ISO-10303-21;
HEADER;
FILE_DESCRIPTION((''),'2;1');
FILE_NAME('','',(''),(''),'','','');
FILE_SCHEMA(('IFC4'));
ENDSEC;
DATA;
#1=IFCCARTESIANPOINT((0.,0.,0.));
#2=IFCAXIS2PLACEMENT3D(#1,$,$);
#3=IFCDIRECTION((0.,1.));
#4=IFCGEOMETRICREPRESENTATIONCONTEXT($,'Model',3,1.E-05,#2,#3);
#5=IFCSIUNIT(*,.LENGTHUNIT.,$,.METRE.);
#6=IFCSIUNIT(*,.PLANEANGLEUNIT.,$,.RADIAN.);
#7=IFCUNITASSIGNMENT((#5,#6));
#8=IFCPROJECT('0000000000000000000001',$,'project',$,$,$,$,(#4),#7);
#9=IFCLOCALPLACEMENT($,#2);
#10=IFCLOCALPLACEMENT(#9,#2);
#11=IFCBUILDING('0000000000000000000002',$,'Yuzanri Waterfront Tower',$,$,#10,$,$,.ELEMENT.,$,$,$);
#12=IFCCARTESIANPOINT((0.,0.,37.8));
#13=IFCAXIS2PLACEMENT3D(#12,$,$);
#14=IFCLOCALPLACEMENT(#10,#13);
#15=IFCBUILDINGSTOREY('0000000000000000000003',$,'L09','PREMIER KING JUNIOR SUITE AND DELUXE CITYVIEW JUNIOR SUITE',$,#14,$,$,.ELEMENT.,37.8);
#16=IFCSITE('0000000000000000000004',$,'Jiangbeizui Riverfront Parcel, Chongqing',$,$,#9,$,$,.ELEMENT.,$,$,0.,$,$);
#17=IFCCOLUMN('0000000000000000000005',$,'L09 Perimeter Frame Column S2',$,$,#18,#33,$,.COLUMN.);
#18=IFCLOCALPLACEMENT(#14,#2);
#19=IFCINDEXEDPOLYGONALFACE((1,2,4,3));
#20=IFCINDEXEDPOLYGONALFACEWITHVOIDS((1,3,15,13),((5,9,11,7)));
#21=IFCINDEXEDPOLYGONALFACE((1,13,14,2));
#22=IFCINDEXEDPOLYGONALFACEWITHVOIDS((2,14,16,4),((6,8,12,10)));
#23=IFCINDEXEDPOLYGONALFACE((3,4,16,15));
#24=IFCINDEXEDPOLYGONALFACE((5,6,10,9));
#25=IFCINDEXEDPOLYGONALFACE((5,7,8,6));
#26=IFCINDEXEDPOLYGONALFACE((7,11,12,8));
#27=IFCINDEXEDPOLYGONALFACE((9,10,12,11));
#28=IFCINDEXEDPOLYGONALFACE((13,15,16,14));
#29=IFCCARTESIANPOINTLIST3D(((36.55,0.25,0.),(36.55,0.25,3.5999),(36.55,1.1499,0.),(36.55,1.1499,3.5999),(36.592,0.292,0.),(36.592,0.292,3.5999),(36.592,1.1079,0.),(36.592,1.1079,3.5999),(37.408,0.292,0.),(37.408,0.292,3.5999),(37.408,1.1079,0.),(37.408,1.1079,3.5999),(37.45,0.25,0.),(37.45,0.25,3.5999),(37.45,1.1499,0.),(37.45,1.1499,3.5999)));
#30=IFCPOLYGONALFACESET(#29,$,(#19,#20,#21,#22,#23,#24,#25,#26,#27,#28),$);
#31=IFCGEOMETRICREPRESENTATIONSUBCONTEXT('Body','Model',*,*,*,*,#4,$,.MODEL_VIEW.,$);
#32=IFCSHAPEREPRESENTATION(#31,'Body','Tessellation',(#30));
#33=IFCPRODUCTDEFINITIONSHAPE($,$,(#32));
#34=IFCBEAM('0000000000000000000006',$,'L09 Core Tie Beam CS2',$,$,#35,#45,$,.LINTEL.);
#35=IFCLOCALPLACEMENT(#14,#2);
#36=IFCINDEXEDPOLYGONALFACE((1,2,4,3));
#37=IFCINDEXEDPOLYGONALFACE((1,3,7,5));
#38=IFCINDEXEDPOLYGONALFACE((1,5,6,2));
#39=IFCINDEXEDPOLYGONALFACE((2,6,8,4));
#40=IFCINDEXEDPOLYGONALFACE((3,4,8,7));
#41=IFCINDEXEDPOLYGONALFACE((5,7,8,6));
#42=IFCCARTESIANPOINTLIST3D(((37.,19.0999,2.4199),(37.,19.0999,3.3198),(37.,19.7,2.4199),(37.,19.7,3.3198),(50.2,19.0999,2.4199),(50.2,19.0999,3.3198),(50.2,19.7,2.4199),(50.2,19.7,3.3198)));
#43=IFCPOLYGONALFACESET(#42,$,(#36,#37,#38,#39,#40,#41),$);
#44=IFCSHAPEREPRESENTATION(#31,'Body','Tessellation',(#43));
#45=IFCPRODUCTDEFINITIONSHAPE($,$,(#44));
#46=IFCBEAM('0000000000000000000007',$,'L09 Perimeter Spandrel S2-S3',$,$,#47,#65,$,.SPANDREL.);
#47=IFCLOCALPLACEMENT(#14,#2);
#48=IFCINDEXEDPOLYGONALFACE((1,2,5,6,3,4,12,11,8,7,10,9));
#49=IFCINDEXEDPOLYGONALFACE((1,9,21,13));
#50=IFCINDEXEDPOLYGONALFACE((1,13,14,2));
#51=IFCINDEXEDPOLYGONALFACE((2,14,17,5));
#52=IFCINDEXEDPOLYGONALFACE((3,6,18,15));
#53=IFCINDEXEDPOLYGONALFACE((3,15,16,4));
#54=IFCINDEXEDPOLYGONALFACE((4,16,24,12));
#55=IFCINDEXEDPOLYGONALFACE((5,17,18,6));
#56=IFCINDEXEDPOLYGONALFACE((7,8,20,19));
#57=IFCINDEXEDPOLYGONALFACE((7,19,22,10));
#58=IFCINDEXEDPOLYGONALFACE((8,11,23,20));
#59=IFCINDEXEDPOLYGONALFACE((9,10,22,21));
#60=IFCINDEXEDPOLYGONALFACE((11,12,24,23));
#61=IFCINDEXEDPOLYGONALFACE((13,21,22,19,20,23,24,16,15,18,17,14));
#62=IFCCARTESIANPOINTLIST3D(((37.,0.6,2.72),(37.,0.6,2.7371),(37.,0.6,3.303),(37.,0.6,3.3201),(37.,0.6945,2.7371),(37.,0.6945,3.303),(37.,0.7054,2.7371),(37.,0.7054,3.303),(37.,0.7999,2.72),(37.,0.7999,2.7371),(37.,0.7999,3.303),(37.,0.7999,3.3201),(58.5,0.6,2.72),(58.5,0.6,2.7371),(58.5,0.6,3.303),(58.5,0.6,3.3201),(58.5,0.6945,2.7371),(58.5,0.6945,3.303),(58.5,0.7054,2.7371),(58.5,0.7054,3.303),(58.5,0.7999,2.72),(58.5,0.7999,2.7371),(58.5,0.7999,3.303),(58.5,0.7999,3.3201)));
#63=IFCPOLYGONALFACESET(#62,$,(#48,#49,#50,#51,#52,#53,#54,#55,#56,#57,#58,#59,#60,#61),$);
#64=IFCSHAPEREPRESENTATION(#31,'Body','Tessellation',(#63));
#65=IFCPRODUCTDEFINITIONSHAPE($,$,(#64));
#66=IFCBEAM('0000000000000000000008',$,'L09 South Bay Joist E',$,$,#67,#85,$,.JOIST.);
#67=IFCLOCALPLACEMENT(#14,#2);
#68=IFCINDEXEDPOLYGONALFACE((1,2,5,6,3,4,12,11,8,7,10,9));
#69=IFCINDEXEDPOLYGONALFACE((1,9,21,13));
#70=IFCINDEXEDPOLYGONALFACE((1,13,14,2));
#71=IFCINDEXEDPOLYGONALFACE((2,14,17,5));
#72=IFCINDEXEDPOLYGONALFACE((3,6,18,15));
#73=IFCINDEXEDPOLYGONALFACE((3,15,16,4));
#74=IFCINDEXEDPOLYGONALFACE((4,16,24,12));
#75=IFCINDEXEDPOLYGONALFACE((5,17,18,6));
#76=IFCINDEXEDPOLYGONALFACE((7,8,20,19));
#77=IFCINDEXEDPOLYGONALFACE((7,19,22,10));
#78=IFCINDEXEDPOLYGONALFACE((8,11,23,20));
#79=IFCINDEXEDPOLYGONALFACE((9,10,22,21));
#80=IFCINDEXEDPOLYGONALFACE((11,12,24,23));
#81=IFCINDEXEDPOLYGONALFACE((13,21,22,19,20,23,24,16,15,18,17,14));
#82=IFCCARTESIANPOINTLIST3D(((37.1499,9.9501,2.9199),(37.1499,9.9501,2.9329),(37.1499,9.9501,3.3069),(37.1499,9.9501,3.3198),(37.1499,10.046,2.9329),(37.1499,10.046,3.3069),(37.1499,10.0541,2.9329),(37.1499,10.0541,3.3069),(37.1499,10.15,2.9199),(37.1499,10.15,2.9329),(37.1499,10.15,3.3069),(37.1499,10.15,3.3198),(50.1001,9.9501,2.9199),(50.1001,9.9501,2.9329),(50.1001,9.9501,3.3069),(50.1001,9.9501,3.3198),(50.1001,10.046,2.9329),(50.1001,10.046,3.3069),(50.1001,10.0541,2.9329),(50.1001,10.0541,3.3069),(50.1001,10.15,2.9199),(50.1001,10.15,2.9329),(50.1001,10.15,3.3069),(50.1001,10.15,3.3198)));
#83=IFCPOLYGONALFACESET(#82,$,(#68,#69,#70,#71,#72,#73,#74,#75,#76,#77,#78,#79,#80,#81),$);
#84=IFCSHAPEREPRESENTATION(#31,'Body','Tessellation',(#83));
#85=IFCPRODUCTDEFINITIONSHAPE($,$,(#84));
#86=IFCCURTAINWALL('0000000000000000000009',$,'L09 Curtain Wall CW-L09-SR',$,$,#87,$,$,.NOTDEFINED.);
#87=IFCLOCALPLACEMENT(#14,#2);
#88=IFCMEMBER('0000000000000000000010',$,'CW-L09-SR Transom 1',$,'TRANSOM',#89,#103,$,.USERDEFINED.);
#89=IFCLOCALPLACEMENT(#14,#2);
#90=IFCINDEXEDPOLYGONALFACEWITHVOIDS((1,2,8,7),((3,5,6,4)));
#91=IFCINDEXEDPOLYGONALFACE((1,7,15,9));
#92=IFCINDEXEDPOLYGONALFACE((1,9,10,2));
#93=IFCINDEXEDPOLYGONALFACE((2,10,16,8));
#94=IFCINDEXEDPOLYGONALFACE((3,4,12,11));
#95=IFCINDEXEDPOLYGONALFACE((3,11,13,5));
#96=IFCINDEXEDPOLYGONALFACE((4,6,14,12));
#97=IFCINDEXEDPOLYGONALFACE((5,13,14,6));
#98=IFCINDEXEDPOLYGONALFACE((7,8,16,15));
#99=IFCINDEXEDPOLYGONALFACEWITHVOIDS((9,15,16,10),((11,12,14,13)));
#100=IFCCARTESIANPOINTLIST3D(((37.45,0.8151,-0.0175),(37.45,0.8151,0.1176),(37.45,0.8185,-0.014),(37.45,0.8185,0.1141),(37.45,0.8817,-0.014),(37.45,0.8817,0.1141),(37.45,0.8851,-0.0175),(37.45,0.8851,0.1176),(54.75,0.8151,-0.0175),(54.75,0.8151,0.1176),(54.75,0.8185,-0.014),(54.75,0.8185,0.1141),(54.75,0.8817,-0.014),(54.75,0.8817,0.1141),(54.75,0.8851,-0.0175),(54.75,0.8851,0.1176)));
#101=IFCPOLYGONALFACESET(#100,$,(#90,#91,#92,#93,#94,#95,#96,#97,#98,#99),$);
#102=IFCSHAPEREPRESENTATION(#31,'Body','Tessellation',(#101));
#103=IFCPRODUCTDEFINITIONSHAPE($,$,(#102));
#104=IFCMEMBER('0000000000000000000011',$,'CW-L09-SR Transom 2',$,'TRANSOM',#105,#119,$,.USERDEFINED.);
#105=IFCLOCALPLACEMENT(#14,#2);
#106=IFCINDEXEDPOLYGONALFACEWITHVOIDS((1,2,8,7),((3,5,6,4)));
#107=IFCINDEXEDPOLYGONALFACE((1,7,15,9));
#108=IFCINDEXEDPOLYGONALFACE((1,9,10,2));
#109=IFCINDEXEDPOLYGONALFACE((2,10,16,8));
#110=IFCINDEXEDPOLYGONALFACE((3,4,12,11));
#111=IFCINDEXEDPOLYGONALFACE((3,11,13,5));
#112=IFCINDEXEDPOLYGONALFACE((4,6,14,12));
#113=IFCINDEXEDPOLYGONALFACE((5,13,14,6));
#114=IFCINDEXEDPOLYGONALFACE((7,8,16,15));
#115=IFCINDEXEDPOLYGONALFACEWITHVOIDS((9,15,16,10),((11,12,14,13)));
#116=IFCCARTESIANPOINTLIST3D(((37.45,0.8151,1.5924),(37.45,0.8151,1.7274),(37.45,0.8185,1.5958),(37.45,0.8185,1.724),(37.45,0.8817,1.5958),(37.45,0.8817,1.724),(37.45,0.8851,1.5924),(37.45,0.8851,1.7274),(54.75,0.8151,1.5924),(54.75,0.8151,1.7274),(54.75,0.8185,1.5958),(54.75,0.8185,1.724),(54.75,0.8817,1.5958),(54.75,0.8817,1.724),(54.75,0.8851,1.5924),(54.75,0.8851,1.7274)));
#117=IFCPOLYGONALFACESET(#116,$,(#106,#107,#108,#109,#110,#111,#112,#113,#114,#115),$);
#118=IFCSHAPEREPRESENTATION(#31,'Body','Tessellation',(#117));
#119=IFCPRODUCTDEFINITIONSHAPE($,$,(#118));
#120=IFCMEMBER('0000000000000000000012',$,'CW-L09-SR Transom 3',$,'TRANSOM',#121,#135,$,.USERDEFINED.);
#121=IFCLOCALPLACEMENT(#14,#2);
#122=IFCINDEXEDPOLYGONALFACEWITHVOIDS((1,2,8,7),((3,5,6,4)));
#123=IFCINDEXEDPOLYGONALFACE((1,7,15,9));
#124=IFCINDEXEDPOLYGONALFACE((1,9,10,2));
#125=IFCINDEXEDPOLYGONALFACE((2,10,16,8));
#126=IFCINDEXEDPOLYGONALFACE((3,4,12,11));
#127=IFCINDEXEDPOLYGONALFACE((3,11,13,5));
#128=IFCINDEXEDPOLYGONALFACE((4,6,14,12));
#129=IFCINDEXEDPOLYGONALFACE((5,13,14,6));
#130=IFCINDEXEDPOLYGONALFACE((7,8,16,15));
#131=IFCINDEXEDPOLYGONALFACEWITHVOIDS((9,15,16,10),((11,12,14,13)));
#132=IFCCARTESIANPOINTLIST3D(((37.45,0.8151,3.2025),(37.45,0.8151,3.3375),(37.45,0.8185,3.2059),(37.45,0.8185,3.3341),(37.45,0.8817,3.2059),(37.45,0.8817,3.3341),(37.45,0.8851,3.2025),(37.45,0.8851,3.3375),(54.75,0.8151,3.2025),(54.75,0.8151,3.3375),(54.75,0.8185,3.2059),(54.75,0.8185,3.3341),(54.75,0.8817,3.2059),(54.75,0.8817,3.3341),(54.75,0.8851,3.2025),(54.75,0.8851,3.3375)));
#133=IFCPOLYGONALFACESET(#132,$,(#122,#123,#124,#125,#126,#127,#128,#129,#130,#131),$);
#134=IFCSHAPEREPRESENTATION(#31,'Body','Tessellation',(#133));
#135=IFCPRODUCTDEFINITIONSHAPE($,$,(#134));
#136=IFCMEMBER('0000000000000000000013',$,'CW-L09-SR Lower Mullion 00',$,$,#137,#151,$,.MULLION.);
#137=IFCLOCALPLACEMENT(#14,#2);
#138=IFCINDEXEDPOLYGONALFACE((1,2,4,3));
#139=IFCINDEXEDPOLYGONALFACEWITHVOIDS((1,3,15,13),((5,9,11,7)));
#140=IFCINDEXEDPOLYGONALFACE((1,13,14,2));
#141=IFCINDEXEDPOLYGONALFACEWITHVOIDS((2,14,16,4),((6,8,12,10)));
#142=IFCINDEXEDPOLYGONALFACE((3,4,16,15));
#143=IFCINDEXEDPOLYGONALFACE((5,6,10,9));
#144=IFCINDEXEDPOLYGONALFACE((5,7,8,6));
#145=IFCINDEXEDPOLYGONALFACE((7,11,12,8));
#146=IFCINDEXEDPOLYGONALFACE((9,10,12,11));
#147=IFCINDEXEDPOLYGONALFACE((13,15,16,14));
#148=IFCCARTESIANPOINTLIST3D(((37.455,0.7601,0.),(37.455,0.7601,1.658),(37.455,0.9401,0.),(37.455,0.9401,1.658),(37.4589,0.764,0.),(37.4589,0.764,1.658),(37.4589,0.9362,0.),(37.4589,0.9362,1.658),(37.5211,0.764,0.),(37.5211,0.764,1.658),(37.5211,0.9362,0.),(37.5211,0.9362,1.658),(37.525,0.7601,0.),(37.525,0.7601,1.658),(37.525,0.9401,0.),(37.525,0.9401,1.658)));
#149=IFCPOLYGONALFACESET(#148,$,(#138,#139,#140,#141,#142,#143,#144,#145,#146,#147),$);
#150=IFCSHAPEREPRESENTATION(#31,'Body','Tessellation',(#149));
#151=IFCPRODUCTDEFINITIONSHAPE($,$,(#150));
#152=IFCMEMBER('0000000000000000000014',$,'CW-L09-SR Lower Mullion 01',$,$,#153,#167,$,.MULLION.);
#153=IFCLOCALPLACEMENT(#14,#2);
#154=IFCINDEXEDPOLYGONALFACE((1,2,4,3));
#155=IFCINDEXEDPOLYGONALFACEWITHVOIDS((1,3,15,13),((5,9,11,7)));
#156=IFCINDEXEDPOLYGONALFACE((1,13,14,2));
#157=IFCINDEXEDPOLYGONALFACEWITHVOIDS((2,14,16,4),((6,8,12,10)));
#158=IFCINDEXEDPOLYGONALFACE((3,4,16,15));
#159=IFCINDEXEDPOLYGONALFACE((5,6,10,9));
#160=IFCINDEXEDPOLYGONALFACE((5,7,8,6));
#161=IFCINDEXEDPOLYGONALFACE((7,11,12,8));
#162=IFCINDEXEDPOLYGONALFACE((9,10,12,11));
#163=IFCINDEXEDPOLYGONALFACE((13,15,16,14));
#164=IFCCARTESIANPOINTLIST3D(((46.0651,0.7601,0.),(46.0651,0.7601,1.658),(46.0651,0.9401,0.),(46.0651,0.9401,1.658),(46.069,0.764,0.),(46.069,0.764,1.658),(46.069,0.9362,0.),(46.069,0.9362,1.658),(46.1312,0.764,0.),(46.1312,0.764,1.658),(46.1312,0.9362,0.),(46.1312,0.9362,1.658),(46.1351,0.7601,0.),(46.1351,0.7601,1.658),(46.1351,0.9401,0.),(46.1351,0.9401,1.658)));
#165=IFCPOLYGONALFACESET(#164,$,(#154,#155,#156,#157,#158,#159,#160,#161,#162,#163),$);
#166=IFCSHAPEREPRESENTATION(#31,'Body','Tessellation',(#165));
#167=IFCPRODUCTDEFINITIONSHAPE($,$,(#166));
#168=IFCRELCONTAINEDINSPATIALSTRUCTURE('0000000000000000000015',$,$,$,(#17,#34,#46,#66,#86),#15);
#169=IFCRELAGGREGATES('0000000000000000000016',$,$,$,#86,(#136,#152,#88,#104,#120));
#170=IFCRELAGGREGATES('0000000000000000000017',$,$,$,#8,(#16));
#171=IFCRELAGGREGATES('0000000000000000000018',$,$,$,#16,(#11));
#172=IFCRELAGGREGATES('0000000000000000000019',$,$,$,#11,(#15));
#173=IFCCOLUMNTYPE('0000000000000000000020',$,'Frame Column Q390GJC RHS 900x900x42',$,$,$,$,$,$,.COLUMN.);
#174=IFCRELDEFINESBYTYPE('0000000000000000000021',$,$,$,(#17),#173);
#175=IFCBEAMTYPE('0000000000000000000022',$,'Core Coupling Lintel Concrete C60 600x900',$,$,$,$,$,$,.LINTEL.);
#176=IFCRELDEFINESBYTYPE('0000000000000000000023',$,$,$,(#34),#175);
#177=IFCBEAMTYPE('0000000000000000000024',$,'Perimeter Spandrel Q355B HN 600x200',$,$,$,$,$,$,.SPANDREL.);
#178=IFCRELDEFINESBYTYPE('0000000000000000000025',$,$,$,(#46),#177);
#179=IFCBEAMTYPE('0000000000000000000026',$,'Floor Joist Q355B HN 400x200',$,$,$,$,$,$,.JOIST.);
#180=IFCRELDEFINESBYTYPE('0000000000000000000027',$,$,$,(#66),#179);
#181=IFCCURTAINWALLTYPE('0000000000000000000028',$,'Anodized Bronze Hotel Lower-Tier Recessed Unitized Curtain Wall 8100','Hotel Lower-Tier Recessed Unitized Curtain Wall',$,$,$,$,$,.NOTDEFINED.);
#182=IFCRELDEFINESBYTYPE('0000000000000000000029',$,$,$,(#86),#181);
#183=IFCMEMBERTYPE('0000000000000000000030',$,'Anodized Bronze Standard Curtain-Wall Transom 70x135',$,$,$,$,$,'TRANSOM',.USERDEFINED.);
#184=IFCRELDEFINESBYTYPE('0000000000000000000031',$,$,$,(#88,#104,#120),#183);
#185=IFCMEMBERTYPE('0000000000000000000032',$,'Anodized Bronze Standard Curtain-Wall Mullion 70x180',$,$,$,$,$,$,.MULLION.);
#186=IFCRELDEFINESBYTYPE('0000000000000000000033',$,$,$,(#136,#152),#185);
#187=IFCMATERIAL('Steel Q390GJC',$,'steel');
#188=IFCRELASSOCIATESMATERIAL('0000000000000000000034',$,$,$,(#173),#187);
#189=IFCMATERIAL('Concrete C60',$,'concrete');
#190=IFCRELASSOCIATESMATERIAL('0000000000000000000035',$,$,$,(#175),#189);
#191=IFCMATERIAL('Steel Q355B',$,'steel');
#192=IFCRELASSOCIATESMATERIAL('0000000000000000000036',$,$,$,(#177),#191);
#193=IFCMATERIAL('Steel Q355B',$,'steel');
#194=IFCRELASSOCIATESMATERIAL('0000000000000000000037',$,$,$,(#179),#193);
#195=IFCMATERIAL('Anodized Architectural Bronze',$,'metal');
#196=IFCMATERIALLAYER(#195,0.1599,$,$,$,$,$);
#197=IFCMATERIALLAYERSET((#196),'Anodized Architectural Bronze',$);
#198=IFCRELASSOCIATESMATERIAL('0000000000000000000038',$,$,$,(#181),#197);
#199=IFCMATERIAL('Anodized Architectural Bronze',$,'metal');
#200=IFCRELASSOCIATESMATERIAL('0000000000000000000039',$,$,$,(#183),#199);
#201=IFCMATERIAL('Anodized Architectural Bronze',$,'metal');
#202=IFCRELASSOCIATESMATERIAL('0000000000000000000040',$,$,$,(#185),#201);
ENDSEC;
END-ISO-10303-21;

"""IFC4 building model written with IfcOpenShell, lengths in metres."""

from ifc_helpers import new_model, si_unit, direction, frame, origin, origin_2d, place, context, subcontext, project, spatial, rectangle, hollow_rectangle, i_section, extrude, source, transform, mapped, material, layer, layer_set, material_profile, profile_set, type_object, element, aggregate, save


model = new_model("IFC4")

# Units and contexts
model_context = context("Model", 3, precision=1e-05, world=origin(), true_north=direction((0.0, 1.0)))
body_context = subcontext(model_context, "Body", "Model", "MODEL_VIEW")
ifc_project = project(units=[si_unit("LENGTHUNIT", "METRE"), si_unit("PLANEANGLEUNIT", "RADIAN")], contexts=[model_context])

# Site, building, storey
site_placement = place(None, origin())
site = spatial("IfcSite", under=ifc_project, at=site_placement, Name="Jiangbeizui Riverfront Parcel, Chongqing", CompositionType="ELEMENT", RefElevation=0.0)
building_placement = place(site_placement, origin())
building = spatial("IfcBuilding", under=site, at=building_placement, Name="Yuzanri Waterfront Tower", CompositionType="ELEMENT")
storey_placement = place(building_placement, frame((0.0, 0.0, 37.8)))
storey = spatial("IfcBuildingStorey", under=building, at=storey_placement, Name="L09", Description="PREMIER KING JUNIOR SUITE AND DELUXE CITYVIEW JUNIOR SUITE", CompositionType="ELEMENT", Elevation=37.8)

# Column
ifc_material_1 = material(Name="Steel Q390GJC", Category="steel")
ifc_material_profile_1 = material_profile(ifc_material_1, hollow_rectangle(XDim=0.8999, YDim=0.8999, WallThickness=0.042, at=origin_2d()), Name="RHS 900x900x42")
ifc_profile_set_1 = profile_set([ifc_material_profile_1], Name="Steel Q390GJC")
column_type = type_object("IfcColumnType", Name="Frame Column Q390GJC RHS 900x900x42", PredefinedType="COLUMN", material=ifc_profile_set_1)
shared_shape_1 = source(origin(), body_context, "Body", "SweptSolid", [
    extrude(hollow_rectangle(XDim=0.8999, YDim=0.8999, WallThickness=0.042, at=origin_2d()), origin(), (0.0, 0.0, 1.0), 3.5999),
])
column_placement = place(storey_placement, frame((37.0, 0.7, 0.0), z_axis=(0.0, 0.0, 1.0), x_axis=(1.0, 0.0, 0.0)))
element("IfcColumn", 1, at=column_placement, inside=storey, type_object=column_type, Name="L09 Perimeter Frame Column S2", PredefinedType="COLUMN", context=body_context, shape_type="MappedRepresentation", body=[
    mapped(shared_shape_1, transform((0.0, 0.0, 0.0), scale=1.0)),
])

# Beams
ifc_material_2 = material(Name="Concrete C60", Category="concrete")
ifc_material_profile_2 = material_profile(ifc_material_2, rectangle(XDim=0.6001, YDim=0.8999, at=origin_2d()), Name="RC 600x900")
ifc_profile_set_2 = profile_set([ifc_material_profile_2], Name="Concrete C60")
beam_type_1 = type_object("IfcBeamType", Name="Core Coupling Lintel Concrete C60 600x900", PredefinedType="LINTEL", material=ifc_profile_set_2)
shared_shape_2 = source(origin(), body_context, "Body", "SweptSolid", [
    extrude(rectangle(XDim=0.6001, YDim=0.8999, at=origin_2d()), origin(), (0.0, 0.0, 1.0), 13.2),
])
beam_1_placement = place(storey_placement, frame((37.0, 19.3999, 2.8699), z_axis=(1.0, 0.0, 0.0), x_axis=(0.0, 1.0, 0.0)))
element("IfcBeam", 2, at=beam_1_placement, inside=storey, type_object=beam_type_1, Name="L09 Core Tie Beam CS2", PredefinedType="LINTEL", context=body_context, shape_type="MappedRepresentation", body=[
    mapped(shared_shape_2, transform((0.0, 0.0, 0.0), scale=1.0)),
])
ifc_material_3 = material(Name="Steel Q355B", Category="steel")
ifc_material_profile_3 = material_profile(ifc_material_3, i_section(OverallWidth=0.2, OverallDepth=0.6001, WebThickness=0.011, FlangeThickness=0.0171, at=origin_2d()), Name="HN 600x200x11x17")
ifc_profile_set_3 = profile_set([ifc_material_profile_3], Name="Steel Q355B")
beam_type_2 = type_object("IfcBeamType", Name="Perimeter Spandrel Q355B HN 600x200", PredefinedType="SPANDREL", material=ifc_profile_set_3)
shared_shape_3 = source(origin(), body_context, "Body", "SweptSolid", [
    extrude(i_section(OverallWidth=0.2, OverallDepth=0.6001, WebThickness=0.011, FlangeThickness=0.0171, at=origin_2d()), origin(), (0.0, 0.0, 1.0), 21.5),
])
beam_2_placement = place(storey_placement, frame((37.0, 0.7, 3.02), z_axis=(1.0, 0.0, 0.0), x_axis=(0.0, 1.0, 0.0)))
element("IfcBeam", 3, at=beam_2_placement, inside=storey, type_object=beam_type_2, Name="L09 Perimeter Spandrel S2-S3", PredefinedType="SPANDREL", context=body_context, shape_type="MappedRepresentation", body=[
    mapped(shared_shape_3, transform((0.0, 0.0, 0.0), scale=1.0)),
])
ifc_material_4 = material(Name="Steel Q355B", Category="steel")
ifc_material_profile_4 = material_profile(ifc_material_4, i_section(OverallWidth=0.2, OverallDepth=0.3999, WebThickness=0.0081, FlangeThickness=0.0129, at=origin_2d()), Name="HN 400x200x8x13")
ifc_profile_set_4 = profile_set([ifc_material_profile_4], Name="Steel Q355B")
beam_type_3 = type_object("IfcBeamType", Name="Floor Joist Q355B HN 400x200", PredefinedType="JOIST", material=ifc_profile_set_4)
shared_shape_4 = source(origin(), body_context, "Body", "SweptSolid", [
    extrude(i_section(OverallWidth=0.2, OverallDepth=0.3999, WebThickness=0.0081, FlangeThickness=0.0129, at=origin_2d()), origin(), (0.0, 0.0, 1.0), 12.9502),
])
beam_3_placement = place(storey_placement, frame((37.1499, 10.05, 3.1199), z_axis=(1.0, 0.0, 0.0), x_axis=(0.0, 1.0, 0.0)))
element("IfcBeam", 4, at=beam_3_placement, inside=storey, type_object=beam_type_3, Name="L09 South Bay Joist E", PredefinedType="JOIST", context=body_context, shape_type="MappedRepresentation", body=[
    mapped(shared_shape_4, transform((0.0, 0.0, 0.0), scale=1.0)),
])

# Curtain wall, members
ifc_material_5 = material(Name="Anodized Architectural Bronze", Category="metal")
ifc_layer_1 = layer(ifc_material_5, 0.1599)
ifc_layer_set_1 = layer_set([ifc_layer_1], Name="Anodized Architectural Bronze")
curtain_wall_type = type_object("IfcCurtainWallType", Name="Anodized Bronze Hotel Lower-Tier Recessed Unitized Curtain Wall 8100", Description="Hotel Lower-Tier Recessed Unitized Curtain Wall", PredefinedType="NOTDEFINED", material=ifc_layer_set_1)
curtain_wall_placement = place(storey_placement, origin())
curtain_wall = element("IfcCurtainWall", 5, at=curtain_wall_placement, inside=storey, type_object=curtain_wall_type, Name="L09 Curtain Wall CW-L09-SR", PredefinedType="NOTDEFINED")
ifc_material_6 = material(Name="Anodized Architectural Bronze", Category="metal")
ifc_material_profile_5 = material_profile(ifc_material_6, hollow_rectangle(XDim=0.0701, YDim=0.135, WallThickness=0.0034, at=origin_2d()), Name="CWT 70x135")
ifc_profile_set_5 = profile_set([ifc_material_profile_5], Name="Anodized Architectural Bronze")
member_type_1 = type_object("IfcMemberType", Name="Anodized Bronze Standard Curtain-Wall Transom 70x135", ElementType="TRANSOM", PredefinedType="USERDEFINED", material=ifc_profile_set_5)
shared_shape_5 = source(origin(), body_context, "Body", "SweptSolid", [
    extrude(hollow_rectangle(XDim=0.0701, YDim=0.135, WallThickness=0.0034, at=origin_2d()), origin(), (0.0, 0.0, 1.0), 17.3),
])
member_1_placement = place(storey_placement, frame((37.45, 0.8501, 0.05), z_axis=(1.0, 0.0, 0.0), x_axis=(0.0, 1.0, 0.0)))
member_1 = element("IfcMember", 6, at=member_1_placement, type_object=member_type_1, Name="CW-L09-SR Transom 1", ObjectType="TRANSOM", PredefinedType="USERDEFINED", context=body_context, shape_type="MappedRepresentation", body=[
    mapped(shared_shape_5, transform((0.0, 0.0, 0.0), scale=1.0)),
])
member_2_placement = place(storey_placement, frame((37.45, 0.8501, 1.6599), z_axis=(1.0, 0.0, 0.0), x_axis=(0.0, 1.0, 0.0)))
member_2 = element("IfcMember", 7, at=member_2_placement, type_object=member_type_1, Name="CW-L09-SR Transom 2", ObjectType="TRANSOM", PredefinedType="USERDEFINED", context=body_context, shape_type="MappedRepresentation", body=[
    mapped(shared_shape_5, transform((0.0, 0.0, 0.0), scale=1.0)),
])
member_3_placement = place(storey_placement, frame((37.45, 0.8501, 3.27), z_axis=(1.0, 0.0, 0.0), x_axis=(0.0, 1.0, 0.0)))
member_3 = element("IfcMember", 8, at=member_3_placement, type_object=member_type_1, Name="CW-L09-SR Transom 3", ObjectType="TRANSOM", PredefinedType="USERDEFINED", context=body_context, shape_type="MappedRepresentation", body=[
    mapped(shared_shape_5, transform((0.0, 0.0, 0.0), scale=1.0)),
])
ifc_material_7 = material(Name="Anodized Architectural Bronze", Category="metal")
ifc_material_profile_6 = material_profile(ifc_material_7, hollow_rectangle(XDim=0.0701, YDim=0.1799, WallThickness=0.0039, at=origin_2d()), Name="CWM 70x180")
ifc_profile_set_6 = profile_set([ifc_material_profile_6], Name="Anodized Architectural Bronze")
member_type_2 = type_object("IfcMemberType", Name="Anodized Bronze Standard Curtain-Wall Mullion 70x180", PredefinedType="MULLION", material=ifc_profile_set_6)
shared_shape_6 = source(origin(), body_context, "Body", "SweptSolid", [
    extrude(hollow_rectangle(XDim=0.0701, YDim=0.1799, WallThickness=0.0039, at=origin_2d()), origin(), (0.0, 0.0, 1.0), 1.658),
])
member_4_placement = place(storey_placement, frame((37.49, 0.8501, 0.0), z_axis=(0.0, 0.0, 1.0), x_axis=(1.0, 0.0, 0.0)))
member_4 = element("IfcMember", 9, at=member_4_placement, type_object=member_type_2, Name="CW-L09-SR Lower Mullion 00", PredefinedType="MULLION", context=body_context, shape_type="MappedRepresentation", body=[
    mapped(shared_shape_6, transform((0.0, 0.0, 0.0), scale=1.0)),
])
member_5_placement = place(storey_placement, frame((46.1001, 0.8501, 0.0), z_axis=(0.0, 0.0, 1.0), x_axis=(1.0, 0.0, 0.0)))
member_5 = element("IfcMember", 10, at=member_5_placement, type_object=member_type_2, Name="CW-L09-SR Lower Mullion 01", PredefinedType="MULLION", context=body_context, shape_type="MappedRepresentation", body=[
    mapped(shared_shape_6, transform((0.0, 0.0, 0.0), scale=1.0)),
])
aggregate(curtain_wall, [member_4, member_5, member_1, member_2, member_3])

save(model, "model.ifc")
